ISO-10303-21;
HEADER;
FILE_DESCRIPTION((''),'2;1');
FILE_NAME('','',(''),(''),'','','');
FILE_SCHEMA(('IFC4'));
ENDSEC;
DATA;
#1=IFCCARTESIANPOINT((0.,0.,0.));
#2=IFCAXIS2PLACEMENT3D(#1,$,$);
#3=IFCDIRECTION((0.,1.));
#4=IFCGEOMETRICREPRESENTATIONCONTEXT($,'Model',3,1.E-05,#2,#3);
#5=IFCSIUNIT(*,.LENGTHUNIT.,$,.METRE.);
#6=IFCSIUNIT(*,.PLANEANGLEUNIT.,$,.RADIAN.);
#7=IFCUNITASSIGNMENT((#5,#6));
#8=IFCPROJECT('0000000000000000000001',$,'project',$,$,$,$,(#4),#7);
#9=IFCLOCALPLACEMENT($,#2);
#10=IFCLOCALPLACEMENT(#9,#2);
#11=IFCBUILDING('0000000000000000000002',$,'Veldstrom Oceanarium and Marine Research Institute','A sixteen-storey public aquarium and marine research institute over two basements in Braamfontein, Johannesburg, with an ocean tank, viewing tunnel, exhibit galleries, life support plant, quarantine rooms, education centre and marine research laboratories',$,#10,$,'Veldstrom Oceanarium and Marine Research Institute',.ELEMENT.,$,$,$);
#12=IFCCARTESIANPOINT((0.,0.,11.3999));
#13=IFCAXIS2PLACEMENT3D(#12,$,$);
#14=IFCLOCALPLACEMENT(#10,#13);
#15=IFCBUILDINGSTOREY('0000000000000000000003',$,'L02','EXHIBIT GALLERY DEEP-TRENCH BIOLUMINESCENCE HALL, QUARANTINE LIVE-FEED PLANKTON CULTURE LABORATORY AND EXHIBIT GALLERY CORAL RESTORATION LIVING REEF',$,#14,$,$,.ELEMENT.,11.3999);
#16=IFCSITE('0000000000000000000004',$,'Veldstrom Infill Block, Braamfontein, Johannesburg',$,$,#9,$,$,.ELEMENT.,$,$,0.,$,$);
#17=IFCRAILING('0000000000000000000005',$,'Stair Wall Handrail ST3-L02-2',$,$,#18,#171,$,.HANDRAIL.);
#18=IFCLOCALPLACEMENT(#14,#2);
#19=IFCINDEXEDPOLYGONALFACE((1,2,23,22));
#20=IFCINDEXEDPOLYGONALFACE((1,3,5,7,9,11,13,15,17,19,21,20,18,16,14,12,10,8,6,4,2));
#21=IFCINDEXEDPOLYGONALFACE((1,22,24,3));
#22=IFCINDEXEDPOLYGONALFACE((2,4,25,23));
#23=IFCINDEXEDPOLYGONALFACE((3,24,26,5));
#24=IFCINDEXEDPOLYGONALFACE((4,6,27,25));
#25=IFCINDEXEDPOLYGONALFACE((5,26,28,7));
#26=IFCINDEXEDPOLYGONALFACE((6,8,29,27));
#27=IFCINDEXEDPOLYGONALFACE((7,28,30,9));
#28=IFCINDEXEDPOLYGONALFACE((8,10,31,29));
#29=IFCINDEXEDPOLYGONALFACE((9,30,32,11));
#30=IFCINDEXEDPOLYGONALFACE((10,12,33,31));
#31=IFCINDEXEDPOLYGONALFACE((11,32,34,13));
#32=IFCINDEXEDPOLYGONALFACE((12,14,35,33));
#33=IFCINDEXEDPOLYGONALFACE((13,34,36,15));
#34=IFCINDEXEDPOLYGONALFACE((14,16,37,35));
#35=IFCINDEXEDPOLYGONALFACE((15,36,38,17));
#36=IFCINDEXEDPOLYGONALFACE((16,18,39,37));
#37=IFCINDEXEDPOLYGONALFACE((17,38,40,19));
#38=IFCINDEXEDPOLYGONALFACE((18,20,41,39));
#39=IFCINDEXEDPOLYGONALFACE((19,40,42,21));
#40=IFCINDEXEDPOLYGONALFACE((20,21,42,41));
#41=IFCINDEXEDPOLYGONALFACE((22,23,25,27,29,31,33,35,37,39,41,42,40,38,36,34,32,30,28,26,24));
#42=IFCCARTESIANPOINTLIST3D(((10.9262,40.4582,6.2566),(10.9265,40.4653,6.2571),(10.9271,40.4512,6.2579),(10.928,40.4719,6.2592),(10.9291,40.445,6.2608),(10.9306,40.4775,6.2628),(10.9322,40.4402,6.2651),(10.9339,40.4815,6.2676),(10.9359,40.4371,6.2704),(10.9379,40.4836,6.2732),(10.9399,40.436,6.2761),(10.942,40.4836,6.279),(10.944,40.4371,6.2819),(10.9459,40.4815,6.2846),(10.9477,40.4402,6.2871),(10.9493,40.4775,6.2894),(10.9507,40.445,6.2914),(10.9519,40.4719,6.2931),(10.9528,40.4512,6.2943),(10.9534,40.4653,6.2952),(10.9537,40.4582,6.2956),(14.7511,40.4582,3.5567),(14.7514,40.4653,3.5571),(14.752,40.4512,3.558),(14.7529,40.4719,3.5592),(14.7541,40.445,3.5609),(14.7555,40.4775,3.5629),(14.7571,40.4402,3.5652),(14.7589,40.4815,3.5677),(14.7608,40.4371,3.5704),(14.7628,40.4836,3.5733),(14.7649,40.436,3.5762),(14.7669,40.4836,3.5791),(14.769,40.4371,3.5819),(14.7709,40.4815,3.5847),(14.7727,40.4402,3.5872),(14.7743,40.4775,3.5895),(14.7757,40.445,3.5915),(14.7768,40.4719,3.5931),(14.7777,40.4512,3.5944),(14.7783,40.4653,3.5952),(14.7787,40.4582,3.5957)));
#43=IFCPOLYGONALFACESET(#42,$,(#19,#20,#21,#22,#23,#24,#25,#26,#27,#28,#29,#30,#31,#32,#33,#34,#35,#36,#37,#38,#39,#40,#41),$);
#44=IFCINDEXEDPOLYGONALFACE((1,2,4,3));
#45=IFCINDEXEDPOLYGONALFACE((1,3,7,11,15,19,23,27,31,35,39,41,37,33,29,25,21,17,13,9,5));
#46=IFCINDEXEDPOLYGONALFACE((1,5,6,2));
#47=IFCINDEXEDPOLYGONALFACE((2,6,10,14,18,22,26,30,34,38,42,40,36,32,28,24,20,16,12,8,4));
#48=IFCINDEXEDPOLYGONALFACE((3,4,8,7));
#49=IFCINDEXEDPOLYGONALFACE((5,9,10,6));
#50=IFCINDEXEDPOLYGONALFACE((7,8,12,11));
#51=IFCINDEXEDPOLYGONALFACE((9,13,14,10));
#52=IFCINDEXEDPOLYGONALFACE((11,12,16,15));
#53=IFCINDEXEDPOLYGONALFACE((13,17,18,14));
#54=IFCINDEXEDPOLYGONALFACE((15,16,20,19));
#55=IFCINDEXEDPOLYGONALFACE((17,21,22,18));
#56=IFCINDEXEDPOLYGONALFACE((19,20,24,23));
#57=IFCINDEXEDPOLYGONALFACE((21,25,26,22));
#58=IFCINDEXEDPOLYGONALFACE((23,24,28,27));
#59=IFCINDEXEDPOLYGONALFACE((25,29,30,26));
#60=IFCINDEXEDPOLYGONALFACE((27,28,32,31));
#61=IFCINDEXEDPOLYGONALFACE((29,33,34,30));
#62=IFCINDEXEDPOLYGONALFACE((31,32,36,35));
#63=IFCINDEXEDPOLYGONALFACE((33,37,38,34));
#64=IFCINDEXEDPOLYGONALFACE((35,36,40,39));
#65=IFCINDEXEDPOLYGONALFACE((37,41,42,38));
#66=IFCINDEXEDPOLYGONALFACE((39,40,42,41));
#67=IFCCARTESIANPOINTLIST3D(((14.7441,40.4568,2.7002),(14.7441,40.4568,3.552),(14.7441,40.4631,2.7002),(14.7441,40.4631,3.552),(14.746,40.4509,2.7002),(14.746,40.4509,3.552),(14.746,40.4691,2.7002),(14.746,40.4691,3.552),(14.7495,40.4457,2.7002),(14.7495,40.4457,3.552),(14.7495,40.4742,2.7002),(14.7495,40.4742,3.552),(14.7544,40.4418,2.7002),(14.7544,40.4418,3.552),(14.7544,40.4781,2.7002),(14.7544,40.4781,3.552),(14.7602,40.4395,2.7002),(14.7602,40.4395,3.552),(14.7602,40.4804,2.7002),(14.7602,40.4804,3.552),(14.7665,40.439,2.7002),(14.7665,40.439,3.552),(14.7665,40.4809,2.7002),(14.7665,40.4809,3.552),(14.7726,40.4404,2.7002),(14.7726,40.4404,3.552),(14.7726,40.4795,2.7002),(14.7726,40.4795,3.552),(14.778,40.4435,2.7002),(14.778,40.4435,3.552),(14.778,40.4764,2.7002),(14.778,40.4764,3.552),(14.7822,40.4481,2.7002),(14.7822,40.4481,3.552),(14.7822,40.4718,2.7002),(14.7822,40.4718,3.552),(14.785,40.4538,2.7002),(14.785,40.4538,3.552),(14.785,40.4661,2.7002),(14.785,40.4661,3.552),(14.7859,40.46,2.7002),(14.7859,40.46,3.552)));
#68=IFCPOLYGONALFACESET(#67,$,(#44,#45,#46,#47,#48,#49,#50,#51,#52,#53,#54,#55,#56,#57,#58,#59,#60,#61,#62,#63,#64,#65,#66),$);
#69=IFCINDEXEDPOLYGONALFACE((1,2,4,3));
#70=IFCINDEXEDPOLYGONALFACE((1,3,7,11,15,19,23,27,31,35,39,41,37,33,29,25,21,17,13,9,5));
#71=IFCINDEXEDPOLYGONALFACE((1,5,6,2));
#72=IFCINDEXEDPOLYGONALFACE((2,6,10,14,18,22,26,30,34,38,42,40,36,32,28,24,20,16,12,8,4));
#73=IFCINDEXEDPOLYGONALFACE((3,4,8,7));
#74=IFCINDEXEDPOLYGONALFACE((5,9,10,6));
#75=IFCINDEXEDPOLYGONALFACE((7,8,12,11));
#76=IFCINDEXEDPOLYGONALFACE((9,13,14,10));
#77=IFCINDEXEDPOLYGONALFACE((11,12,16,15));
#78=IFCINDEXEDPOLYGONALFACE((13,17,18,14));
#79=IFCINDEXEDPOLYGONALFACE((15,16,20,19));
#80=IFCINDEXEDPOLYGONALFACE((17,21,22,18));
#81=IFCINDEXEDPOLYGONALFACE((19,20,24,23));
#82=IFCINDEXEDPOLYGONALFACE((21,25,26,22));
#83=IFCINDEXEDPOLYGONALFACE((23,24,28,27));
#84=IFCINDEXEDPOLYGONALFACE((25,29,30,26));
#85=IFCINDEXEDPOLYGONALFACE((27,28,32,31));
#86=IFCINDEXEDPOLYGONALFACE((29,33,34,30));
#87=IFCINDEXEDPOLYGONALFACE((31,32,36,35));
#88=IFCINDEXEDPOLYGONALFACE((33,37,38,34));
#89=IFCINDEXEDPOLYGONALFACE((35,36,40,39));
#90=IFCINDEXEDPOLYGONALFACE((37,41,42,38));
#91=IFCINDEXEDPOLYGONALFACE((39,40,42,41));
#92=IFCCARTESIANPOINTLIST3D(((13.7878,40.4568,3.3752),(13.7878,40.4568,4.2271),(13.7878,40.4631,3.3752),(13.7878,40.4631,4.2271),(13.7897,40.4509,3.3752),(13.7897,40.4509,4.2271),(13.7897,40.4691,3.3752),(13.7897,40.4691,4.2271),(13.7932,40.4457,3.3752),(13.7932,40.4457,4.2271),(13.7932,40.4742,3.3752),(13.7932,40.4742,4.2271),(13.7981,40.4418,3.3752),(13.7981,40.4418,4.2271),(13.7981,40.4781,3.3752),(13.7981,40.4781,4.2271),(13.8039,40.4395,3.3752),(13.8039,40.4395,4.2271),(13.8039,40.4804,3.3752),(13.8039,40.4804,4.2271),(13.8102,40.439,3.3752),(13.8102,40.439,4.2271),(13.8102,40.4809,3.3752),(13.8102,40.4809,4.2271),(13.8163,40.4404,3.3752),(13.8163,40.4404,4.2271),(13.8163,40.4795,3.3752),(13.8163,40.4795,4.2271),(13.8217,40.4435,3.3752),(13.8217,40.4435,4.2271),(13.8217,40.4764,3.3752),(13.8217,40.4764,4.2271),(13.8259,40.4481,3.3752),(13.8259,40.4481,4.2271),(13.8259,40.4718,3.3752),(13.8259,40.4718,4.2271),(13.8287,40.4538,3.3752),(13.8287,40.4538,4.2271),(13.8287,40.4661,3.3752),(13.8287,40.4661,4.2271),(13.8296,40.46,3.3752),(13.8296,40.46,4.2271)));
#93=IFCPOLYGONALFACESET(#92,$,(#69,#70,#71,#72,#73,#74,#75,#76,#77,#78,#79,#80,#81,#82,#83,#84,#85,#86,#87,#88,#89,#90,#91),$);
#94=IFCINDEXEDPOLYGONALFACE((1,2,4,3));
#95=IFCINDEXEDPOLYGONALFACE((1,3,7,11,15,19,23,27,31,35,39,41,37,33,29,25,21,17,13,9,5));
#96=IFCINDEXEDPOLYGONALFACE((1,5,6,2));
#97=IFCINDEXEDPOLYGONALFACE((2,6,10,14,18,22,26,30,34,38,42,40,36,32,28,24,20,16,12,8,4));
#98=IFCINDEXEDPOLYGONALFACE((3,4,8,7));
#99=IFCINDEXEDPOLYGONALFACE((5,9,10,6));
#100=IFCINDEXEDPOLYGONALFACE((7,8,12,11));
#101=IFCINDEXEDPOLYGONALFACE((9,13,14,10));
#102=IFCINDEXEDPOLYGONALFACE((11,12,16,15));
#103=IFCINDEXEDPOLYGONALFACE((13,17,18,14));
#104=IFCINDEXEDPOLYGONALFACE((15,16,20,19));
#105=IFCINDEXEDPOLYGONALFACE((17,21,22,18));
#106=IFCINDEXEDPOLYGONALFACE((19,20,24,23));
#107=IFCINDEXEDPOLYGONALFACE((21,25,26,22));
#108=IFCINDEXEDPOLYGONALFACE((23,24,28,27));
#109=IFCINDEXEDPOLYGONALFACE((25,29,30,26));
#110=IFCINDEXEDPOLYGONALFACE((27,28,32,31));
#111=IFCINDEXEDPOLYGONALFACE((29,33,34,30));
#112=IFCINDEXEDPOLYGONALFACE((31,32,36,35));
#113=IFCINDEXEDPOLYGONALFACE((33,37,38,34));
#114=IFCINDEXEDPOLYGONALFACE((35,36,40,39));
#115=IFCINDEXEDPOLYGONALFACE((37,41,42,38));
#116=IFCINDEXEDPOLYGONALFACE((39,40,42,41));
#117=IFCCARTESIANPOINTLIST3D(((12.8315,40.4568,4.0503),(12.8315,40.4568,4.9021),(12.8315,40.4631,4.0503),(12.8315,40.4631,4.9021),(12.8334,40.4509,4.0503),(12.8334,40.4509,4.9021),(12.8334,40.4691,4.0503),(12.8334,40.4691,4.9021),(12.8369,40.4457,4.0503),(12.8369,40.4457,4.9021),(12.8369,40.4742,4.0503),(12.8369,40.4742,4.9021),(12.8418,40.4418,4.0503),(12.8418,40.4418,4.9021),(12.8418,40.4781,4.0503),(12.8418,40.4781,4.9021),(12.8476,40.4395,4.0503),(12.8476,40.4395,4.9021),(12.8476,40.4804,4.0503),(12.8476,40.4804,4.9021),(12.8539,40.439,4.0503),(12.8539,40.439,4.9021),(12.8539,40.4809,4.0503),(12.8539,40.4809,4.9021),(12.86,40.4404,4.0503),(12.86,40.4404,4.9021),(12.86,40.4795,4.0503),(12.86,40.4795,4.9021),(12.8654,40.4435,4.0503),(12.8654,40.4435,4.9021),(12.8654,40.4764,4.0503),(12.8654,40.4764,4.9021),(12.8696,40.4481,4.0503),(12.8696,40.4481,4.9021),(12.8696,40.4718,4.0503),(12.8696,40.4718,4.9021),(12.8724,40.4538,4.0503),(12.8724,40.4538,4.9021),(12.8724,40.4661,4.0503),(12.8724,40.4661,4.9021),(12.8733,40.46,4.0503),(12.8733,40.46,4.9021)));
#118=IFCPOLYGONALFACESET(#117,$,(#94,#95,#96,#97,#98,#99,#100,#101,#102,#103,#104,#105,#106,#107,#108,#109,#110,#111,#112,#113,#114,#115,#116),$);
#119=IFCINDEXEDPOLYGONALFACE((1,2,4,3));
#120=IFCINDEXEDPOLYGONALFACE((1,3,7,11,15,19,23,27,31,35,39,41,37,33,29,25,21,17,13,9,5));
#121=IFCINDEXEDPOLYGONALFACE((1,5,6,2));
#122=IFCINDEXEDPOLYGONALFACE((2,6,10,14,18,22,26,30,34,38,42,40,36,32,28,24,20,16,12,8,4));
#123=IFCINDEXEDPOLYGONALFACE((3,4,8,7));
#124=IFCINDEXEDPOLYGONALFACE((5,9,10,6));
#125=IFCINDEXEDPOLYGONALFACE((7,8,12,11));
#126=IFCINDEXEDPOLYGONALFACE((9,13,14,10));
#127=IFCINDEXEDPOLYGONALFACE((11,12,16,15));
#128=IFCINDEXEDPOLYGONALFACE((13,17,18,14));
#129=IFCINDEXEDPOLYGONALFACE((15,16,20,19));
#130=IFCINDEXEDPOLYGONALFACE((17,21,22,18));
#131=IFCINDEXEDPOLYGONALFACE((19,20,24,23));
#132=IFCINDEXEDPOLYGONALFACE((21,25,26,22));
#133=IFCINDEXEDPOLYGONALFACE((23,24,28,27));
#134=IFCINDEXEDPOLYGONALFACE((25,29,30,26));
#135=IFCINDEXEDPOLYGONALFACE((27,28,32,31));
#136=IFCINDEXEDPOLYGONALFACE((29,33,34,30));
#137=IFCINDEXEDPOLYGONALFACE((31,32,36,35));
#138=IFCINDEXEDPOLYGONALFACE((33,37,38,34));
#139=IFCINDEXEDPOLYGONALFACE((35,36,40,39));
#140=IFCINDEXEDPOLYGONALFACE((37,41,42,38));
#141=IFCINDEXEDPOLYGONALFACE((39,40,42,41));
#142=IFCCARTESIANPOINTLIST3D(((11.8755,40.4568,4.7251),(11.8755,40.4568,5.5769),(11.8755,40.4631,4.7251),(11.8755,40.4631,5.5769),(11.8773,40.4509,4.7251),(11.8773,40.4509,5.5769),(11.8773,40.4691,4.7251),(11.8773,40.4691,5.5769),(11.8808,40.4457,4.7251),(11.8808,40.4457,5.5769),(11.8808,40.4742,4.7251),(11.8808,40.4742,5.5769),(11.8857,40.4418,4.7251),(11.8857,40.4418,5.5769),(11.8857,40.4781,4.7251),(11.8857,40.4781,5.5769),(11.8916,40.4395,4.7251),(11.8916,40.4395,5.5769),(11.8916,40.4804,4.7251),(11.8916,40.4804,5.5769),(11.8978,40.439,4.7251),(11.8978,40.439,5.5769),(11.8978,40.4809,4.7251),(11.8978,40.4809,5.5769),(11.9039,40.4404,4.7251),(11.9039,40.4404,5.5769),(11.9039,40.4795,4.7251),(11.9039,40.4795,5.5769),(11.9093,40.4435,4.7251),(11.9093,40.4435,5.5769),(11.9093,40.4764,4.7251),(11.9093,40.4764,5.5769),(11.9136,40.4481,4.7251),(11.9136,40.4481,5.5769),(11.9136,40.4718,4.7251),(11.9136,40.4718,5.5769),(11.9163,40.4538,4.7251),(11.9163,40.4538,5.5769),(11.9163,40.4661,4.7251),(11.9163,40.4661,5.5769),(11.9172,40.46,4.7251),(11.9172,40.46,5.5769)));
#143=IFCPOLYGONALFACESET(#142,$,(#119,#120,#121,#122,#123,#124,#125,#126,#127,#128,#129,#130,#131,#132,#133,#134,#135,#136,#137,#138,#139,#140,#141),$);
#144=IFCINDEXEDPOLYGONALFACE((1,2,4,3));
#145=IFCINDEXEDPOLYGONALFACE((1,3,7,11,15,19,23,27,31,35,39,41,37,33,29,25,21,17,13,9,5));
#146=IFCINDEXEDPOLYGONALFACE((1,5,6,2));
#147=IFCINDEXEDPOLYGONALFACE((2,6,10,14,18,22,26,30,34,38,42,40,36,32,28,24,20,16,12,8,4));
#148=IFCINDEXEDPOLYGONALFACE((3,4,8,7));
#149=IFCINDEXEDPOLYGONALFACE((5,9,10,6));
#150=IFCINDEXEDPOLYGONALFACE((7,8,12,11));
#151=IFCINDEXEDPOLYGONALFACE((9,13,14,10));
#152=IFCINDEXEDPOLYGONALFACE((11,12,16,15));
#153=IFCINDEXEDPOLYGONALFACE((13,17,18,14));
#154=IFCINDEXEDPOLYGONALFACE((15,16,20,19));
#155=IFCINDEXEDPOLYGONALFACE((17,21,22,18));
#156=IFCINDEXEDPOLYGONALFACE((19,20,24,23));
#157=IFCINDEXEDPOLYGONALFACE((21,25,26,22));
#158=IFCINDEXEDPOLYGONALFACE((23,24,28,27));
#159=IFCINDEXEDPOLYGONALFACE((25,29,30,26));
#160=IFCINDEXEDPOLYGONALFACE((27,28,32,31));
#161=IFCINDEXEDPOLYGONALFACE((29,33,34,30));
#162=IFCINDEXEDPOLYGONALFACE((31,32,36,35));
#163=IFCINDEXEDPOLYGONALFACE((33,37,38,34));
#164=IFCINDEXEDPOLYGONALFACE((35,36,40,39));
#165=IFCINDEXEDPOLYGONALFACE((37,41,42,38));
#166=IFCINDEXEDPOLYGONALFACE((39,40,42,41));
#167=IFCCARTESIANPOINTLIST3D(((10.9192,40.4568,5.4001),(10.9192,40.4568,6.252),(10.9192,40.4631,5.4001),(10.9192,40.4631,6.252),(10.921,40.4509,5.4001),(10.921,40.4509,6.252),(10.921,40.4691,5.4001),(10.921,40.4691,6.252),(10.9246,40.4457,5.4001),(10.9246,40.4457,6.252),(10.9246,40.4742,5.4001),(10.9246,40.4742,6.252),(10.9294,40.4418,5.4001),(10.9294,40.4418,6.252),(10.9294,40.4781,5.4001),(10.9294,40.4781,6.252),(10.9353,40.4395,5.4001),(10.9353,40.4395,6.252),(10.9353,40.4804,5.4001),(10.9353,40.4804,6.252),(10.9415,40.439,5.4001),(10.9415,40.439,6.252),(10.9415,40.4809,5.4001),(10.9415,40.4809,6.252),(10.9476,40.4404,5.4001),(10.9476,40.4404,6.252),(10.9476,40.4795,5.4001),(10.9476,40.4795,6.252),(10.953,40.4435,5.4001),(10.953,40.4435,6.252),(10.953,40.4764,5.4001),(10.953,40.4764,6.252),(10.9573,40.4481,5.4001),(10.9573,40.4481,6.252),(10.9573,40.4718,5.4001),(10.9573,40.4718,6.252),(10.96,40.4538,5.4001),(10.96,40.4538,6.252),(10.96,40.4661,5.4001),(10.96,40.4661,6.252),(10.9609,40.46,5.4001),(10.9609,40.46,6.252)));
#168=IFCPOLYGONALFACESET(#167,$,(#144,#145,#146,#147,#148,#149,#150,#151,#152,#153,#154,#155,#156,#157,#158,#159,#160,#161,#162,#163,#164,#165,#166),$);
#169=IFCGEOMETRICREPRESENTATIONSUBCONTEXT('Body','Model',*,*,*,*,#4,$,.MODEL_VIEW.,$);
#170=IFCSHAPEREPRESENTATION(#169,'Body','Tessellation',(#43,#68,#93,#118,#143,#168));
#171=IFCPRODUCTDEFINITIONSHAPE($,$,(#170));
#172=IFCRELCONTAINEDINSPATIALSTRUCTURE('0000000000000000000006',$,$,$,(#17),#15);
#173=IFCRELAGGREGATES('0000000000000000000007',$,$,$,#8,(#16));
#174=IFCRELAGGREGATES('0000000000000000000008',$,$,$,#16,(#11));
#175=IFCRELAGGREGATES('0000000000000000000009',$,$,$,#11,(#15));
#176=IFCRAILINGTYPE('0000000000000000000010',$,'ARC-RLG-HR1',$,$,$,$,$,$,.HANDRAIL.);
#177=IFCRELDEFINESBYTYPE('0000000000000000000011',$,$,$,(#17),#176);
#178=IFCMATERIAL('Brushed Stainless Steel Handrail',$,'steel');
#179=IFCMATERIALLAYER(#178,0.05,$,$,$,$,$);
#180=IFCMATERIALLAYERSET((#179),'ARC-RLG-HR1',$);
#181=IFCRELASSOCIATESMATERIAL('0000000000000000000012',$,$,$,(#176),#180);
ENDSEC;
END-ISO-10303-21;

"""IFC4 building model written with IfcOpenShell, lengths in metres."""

from ifc_helpers import new_model, si_unit, direction, frame, origin, origin_2d, place, context, subcontext, project, spatial, circle, extrude, material, layer, layer_set, type_object, element, save


model = new_model("IFC4")

# Units and contexts
model_context = context("Model", 3, precision=1e-05, world=origin(), true_north=direction((0.0, 1.0)))
body_context = subcontext(model_context, "Body", "Model", "MODEL_VIEW")
ifc_project = project(units=[si_unit("LENGTHUNIT", "METRE"), si_unit("PLANEANGLEUNIT", "RADIAN")], contexts=[model_context])

# Site, building, storey
site_placement = place(None, origin())
site = spatial("IfcSite", under=ifc_project, at=site_placement, Name="Veldstrom Infill Block, Braamfontein, Johannesburg", CompositionType="ELEMENT", RefElevation=0.0)
building_placement = place(site_placement, origin())
building = spatial("IfcBuilding", under=site, at=building_placement, Name="Veldstrom Oceanarium and Marine Research Institute", Description="A sixteen-storey public aquarium and marine research institute over two basements in Braamfontein, Johannesburg, with an ocean tank, viewing tunnel, exhibit galleries, life support plant, quarantine rooms, education centre and marine research laboratories", LongName="Veldstrom Oceanarium and Marine Research Institute", CompositionType="ELEMENT")
storey_placement = place(building_placement, frame((0.0, 0.0, 11.3999)))
storey = spatial("IfcBuildingStorey", under=building, at=storey_placement, Name="L02", Description="EXHIBIT GALLERY DEEP-TRENCH BIOLUMINESCENCE HALL, QUARANTINE LIVE-FEED PLANKTON CULTURE LABORATORY AND EXHIBIT GALLERY CORAL RESTORATION LIVING REEF", CompositionType="ELEMENT", Elevation=11.3999)

# Railing
ifc_material_1 = material(Name="Brushed Stainless Steel Handrail", Category="steel")
ifc_layer_1 = layer(ifc_material_1, 0.05)
ifc_layer_set_1 = layer_set([ifc_layer_1], Name="ARC-RLG-HR1")
railing_type_1 = type_object("IfcRailingType", Name="ARC-RLG-HR1", PredefinedType="HANDRAIL", material=ifc_layer_set_1)
railing_1_placement = place(storey_placement, frame((14.7649, 40.46, 2.7002)))
element("IfcRailing", 1, at=railing_1_placement, inside=storey, type_object=railing_type_1, Name="Stair Wall Handrail ST3-L02-2", PredefinedType="HANDRAIL", context=body_context, shape_type="SweptSolid", body=[
    extrude(circle(Radius=0.0239, at=origin_2d()), frame((0.0, 0.0, 0.876), z_axis=(-0.816969, 0.0, 0.576681), x_axis=(0.0, -1.0, 0.0)), (0.0, 0.0, 1.0), 4.6819),
    extrude(circle(Radius=0.021, at=origin_2d()), origin(), (0.0, 0.0, 1.0), 0.8518),
    extrude(circle(Radius=0.021, at=origin_2d()), frame((-0.9563, 0.0, 0.675)), (0.0, 0.0, 1.0), 0.8518),
    extrude(circle(Radius=0.021, at=origin_2d()), frame((-1.9126, 0.0, 1.3501)), (0.0, 0.0, 1.0), 0.8518),
    extrude(circle(Radius=0.021, at=origin_2d()), frame((-2.8687, 0.0, 2.0249)), (0.0, 0.0, 1.0), 0.8518),
    extrude(circle(Radius=0.021, at=origin_2d()), frame((-3.825, 0.0, 2.7)), (0.0, 0.0, 1.0), 0.8518),
])

save(model, "model.ifc")
